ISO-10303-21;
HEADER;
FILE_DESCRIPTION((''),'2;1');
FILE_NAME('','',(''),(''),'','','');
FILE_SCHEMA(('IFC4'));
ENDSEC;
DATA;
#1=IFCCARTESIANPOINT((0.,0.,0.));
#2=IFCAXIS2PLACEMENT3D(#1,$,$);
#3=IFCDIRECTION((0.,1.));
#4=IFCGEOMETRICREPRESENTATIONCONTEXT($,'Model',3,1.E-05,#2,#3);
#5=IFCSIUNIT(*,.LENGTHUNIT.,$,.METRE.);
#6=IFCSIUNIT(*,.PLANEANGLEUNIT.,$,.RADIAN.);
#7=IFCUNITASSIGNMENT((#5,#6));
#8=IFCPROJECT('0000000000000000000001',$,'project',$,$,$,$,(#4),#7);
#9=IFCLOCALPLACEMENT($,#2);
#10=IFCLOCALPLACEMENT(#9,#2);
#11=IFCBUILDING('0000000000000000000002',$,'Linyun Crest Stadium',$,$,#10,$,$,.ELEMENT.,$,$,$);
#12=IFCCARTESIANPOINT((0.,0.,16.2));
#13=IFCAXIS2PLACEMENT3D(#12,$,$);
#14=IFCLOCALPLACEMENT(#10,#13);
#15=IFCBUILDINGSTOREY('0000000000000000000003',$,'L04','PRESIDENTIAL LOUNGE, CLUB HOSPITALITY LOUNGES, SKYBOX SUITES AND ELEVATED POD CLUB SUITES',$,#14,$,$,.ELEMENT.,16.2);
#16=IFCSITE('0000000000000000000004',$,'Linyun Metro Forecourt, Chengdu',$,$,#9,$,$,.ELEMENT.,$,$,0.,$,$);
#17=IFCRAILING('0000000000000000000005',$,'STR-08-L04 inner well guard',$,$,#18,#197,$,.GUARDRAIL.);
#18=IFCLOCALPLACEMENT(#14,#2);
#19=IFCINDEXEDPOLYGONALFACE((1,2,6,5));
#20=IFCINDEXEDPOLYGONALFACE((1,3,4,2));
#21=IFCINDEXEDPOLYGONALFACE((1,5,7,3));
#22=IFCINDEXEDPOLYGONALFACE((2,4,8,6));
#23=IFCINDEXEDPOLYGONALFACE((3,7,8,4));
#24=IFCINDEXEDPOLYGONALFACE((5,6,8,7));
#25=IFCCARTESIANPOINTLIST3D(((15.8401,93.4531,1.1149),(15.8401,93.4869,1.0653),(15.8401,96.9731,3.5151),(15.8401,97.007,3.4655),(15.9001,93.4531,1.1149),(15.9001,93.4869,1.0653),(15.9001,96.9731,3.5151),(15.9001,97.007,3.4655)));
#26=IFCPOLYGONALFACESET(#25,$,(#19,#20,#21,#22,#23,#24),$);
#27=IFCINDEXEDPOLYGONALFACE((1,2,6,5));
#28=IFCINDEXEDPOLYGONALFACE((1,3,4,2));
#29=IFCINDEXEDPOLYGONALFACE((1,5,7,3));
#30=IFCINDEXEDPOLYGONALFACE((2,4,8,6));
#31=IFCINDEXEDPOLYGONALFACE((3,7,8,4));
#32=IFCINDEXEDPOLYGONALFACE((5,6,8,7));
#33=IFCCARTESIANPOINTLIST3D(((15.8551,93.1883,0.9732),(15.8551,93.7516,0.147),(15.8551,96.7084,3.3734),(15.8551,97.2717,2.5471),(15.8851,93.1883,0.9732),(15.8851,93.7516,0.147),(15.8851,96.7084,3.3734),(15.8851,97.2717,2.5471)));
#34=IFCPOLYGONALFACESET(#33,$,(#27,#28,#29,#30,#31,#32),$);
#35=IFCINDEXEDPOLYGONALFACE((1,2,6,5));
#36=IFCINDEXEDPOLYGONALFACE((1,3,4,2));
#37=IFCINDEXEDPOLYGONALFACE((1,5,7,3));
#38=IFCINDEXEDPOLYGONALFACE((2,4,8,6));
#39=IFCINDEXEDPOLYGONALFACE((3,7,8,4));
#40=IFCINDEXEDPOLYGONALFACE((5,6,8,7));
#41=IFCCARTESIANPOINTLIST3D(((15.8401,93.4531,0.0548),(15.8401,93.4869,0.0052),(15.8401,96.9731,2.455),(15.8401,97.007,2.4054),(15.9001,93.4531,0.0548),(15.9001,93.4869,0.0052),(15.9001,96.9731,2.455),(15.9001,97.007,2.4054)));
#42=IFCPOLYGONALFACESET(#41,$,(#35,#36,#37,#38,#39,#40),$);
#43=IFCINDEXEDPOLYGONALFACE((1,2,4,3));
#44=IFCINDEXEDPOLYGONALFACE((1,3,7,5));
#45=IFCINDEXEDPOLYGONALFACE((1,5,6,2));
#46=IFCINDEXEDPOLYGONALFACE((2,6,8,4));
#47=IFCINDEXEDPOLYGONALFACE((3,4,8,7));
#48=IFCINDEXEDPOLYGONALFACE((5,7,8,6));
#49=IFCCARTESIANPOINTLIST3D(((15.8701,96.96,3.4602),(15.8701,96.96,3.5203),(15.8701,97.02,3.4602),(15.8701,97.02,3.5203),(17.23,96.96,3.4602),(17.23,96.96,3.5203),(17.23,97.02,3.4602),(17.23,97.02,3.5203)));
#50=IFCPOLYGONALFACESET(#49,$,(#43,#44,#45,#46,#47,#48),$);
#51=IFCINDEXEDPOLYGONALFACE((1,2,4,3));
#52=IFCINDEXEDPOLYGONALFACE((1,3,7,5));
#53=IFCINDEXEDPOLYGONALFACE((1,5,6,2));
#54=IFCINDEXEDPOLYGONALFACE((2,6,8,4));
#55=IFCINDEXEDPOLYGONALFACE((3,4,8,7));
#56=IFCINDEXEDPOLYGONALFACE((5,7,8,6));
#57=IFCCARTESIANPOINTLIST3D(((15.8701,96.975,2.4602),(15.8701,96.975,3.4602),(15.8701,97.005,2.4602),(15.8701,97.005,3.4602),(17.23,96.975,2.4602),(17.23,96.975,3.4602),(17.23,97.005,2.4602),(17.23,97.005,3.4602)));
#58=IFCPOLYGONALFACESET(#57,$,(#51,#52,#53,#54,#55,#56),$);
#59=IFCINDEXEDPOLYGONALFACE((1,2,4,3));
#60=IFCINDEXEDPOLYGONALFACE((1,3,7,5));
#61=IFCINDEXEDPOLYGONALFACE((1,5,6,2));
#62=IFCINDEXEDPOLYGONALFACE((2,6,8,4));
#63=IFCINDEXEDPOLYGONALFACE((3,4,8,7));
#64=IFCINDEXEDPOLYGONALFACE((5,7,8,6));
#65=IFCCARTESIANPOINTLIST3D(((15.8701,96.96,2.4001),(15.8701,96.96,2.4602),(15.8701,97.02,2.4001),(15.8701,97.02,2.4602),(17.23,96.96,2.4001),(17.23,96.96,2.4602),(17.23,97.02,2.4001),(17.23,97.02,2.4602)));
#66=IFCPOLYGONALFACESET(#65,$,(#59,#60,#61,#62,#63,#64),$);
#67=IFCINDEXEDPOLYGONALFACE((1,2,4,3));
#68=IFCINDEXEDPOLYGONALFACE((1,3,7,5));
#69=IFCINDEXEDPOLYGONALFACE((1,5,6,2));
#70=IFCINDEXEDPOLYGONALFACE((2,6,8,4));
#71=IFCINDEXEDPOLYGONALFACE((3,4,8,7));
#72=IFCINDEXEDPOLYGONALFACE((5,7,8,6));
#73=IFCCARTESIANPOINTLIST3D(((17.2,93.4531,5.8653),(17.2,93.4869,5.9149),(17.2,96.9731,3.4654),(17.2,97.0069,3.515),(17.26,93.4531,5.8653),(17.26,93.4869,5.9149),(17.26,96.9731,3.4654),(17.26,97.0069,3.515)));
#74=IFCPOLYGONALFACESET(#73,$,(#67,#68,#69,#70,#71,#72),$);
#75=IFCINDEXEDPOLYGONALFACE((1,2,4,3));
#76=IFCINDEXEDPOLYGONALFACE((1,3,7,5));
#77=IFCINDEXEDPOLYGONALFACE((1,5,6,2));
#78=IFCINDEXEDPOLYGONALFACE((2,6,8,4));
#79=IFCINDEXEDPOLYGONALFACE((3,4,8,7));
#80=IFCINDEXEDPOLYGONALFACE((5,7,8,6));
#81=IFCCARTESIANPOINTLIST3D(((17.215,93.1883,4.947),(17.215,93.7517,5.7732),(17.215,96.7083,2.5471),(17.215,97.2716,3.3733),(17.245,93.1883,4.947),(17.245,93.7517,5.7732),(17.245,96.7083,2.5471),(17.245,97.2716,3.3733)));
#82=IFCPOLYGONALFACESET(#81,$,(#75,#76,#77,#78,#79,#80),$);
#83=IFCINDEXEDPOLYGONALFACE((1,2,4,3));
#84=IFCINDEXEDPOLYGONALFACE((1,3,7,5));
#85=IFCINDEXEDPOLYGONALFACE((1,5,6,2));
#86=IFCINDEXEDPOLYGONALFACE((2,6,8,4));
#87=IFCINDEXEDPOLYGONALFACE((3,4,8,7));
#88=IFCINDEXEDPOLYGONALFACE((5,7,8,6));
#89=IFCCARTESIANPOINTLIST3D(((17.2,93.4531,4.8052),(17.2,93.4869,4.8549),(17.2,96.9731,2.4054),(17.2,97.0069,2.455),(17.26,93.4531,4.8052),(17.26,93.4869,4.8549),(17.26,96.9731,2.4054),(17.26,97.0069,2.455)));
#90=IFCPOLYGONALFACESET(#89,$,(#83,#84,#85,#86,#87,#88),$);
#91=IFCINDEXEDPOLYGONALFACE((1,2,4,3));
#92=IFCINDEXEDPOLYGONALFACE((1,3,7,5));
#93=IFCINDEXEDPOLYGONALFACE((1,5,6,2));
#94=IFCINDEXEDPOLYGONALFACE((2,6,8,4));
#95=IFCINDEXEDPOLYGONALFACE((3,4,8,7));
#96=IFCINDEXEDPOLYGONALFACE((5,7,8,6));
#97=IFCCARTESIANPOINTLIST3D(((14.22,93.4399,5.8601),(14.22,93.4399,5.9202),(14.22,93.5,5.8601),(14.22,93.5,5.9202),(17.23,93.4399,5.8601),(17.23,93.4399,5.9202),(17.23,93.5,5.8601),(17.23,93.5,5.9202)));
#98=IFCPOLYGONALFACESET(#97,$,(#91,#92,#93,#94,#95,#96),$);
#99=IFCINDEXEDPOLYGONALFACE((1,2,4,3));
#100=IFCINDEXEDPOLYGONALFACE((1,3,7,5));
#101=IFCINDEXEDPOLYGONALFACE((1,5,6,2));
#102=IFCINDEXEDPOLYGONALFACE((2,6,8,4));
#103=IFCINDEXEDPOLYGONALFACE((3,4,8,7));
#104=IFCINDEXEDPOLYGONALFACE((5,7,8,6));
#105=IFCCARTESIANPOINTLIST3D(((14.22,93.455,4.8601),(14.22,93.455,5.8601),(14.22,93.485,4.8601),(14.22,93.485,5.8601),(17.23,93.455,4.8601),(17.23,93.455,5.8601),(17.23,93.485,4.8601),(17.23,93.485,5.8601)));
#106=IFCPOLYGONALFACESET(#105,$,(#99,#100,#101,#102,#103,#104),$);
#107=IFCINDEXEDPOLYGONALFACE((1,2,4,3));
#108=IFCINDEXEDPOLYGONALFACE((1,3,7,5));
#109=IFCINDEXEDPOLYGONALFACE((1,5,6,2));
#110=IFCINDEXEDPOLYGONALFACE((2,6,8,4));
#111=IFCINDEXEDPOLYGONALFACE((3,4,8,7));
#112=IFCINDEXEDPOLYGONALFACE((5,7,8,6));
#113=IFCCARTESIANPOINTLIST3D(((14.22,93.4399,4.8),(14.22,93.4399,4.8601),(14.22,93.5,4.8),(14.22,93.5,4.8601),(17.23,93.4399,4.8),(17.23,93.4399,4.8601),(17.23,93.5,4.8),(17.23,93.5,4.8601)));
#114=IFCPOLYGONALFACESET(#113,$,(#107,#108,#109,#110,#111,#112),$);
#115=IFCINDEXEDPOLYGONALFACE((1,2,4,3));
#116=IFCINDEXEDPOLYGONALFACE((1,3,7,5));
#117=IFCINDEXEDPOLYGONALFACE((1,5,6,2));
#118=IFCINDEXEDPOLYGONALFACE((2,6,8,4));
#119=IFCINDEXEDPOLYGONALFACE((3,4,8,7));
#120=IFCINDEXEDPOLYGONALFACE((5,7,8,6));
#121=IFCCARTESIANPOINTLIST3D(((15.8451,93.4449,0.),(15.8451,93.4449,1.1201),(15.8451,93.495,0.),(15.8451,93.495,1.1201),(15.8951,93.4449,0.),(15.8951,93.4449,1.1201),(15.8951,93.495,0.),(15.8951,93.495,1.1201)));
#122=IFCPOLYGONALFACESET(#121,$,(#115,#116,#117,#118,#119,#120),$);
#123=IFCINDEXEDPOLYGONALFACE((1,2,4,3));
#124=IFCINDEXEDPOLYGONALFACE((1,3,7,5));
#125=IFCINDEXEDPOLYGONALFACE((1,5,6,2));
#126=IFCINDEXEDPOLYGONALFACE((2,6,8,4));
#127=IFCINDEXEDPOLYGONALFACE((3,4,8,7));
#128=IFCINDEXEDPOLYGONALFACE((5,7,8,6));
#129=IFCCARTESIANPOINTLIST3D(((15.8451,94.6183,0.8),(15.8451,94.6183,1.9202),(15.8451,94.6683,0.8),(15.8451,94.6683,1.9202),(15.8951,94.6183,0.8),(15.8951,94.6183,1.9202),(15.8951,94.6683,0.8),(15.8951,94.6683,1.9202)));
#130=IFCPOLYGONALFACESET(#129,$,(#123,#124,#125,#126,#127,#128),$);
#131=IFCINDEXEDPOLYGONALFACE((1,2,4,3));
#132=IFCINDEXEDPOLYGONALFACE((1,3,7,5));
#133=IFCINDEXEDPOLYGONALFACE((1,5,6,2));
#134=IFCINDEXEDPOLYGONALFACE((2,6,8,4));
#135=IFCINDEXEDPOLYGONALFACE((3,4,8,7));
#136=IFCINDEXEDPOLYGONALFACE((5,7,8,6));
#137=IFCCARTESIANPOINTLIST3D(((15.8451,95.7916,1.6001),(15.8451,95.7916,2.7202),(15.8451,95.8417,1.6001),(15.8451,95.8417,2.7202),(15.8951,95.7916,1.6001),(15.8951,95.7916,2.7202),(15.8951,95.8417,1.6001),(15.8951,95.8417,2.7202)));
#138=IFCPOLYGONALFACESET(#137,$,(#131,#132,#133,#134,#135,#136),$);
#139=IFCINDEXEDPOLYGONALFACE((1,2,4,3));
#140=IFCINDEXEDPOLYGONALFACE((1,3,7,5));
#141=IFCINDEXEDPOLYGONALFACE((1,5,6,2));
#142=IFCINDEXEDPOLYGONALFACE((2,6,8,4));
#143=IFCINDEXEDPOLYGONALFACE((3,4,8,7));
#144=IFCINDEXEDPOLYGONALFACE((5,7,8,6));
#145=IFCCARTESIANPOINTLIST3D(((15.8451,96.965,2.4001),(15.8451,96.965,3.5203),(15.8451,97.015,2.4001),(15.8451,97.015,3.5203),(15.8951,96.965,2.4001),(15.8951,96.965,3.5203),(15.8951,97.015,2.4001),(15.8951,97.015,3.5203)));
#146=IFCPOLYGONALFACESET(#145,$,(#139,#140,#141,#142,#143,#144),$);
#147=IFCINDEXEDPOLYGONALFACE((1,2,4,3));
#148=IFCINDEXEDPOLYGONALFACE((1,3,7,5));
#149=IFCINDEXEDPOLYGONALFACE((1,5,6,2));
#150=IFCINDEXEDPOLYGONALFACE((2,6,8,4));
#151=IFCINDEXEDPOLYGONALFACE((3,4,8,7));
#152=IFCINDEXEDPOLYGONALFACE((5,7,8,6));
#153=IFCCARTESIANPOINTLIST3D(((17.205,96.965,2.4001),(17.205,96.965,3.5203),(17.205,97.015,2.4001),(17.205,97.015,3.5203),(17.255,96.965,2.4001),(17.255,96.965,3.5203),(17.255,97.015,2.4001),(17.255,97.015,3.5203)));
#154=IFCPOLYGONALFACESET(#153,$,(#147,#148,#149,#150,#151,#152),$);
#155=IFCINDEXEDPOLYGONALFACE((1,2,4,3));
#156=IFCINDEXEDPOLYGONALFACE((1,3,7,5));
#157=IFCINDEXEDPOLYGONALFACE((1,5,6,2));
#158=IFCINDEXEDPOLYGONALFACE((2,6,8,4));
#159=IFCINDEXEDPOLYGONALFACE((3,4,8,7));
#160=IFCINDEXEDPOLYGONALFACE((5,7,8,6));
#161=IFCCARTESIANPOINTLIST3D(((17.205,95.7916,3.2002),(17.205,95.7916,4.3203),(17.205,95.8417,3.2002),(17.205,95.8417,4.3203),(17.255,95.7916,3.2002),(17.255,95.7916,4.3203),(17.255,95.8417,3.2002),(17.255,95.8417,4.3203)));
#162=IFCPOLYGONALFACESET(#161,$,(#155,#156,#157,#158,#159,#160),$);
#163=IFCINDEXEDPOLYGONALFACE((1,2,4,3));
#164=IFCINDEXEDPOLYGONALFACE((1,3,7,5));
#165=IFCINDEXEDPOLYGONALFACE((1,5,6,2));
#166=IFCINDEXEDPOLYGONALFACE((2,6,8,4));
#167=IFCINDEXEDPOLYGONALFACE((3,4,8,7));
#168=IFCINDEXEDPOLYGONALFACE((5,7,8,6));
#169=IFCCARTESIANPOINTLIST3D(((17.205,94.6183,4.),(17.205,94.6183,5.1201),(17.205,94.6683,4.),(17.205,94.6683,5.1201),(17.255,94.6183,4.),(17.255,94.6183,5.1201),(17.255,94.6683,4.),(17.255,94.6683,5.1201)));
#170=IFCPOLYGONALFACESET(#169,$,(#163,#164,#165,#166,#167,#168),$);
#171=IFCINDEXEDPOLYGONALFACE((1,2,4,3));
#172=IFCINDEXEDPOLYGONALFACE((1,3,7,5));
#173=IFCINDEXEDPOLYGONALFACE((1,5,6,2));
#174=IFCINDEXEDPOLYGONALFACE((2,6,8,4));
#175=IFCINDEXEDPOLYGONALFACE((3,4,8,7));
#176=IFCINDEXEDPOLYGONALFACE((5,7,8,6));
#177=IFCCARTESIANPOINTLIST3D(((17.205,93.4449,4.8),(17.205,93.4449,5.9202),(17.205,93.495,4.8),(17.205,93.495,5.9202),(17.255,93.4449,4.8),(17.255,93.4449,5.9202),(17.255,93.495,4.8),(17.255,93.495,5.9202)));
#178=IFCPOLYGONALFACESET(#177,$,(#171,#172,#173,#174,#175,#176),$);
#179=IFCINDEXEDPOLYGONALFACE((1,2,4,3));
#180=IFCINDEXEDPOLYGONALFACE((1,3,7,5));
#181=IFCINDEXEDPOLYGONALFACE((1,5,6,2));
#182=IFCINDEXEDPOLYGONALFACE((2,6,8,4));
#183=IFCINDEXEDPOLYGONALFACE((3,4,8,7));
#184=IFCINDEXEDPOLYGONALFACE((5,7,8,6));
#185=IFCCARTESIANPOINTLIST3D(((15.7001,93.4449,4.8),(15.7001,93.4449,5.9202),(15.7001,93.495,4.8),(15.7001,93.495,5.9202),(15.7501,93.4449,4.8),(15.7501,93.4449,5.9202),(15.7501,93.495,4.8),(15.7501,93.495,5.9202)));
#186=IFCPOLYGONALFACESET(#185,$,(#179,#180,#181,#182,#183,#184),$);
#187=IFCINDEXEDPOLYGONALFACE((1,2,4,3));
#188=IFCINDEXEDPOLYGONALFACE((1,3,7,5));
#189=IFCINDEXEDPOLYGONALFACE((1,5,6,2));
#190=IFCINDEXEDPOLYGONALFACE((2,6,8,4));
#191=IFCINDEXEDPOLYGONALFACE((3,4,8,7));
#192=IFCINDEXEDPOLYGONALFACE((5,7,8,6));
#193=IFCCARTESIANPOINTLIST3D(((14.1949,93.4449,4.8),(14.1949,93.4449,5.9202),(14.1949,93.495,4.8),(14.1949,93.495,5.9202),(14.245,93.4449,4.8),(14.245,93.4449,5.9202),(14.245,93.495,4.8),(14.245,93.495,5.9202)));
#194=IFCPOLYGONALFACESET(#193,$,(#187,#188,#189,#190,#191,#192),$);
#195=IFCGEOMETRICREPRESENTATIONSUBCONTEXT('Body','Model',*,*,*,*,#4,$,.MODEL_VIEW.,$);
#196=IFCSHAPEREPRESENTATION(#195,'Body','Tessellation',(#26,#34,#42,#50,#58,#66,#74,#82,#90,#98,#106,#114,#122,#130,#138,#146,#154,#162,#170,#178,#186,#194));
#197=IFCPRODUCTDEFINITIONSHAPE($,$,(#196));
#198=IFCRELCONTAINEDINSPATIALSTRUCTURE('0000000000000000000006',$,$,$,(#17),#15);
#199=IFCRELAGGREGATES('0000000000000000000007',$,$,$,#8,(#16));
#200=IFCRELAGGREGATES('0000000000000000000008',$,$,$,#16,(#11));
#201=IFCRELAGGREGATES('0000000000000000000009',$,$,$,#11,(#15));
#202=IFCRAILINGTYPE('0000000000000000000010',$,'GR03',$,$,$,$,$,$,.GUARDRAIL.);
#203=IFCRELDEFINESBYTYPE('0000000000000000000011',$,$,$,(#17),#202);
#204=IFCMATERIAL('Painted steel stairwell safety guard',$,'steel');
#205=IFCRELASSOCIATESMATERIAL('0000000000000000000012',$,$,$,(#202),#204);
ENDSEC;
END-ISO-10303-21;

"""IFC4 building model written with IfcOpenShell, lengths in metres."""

from ifc_helpers import new_model, si_unit, direction, frame, origin, origin_2d, place, context, subcontext, project, spatial, rectangle, extrude, material, type_object, element, save


model = new_model("IFC4")

# Units and contexts
model_context = context("Model", 3, precision=1e-05, world=origin(), true_north=direction((0.0, 1.0)))
body_context = subcontext(model_context, "Body", "Model", "MODEL_VIEW")
ifc_project = project(units=[si_unit("LENGTHUNIT", "METRE"), si_unit("PLANEANGLEUNIT", "RADIAN")], contexts=[model_context])

# Site, building, storey
site_placement = place(None, origin())
site = spatial("IfcSite", under=ifc_project, at=site_placement, Name="Linyun Metro Forecourt, Chengdu", CompositionType="ELEMENT", RefElevation=0.0)
building_placement = place(site_placement, origin())
building = spatial("IfcBuilding", under=site, at=building_placement, Name="Linyun Crest Stadium", CompositionType="ELEMENT")
storey_placement = place(building_placement, frame((0.0, 0.0, 16.2)))
storey = spatial("IfcBuildingStorey", under=building, at=storey_placement, Name="L04", Description="PRESIDENTIAL LOUNGE, CLUB HOSPITALITY LOUNGES, SKYBOX SUITES AND ELEVATED POD CLUB SUITES", CompositionType="ELEMENT", Elevation=16.2)

# Railing
ifc_material_1 = material(Name="Painted steel stairwell safety guard", Category="steel")
railing_type_1 = type_object("IfcRailingType", Name="GR03", PredefinedType="GUARDRAIL", material=ifc_material_1)
railing_1_placement = place(storey_placement, frame((15.8701, 93.47, 0.0)))
element("IfcRailing", 1, at=railing_1_placement, inside=storey, type_object=railing_type_1, Name="STR-08-L04 inner well guard", PredefinedType="GUARDRAIL", context=body_context, shape_type="SweptSolid", body=[
    extrude(rectangle(XDim=0.0601, YDim=0.0601, at=origin_2d()), frame((0.0, 0.0, 1.0901), z_axis=(0.0, 0.826213, 0.563358), x_axis=(-1.0, 0.0, 0.0)), (0.0, 0.0, 1.0), 4.2605),
    extrude(rectangle(XDim=0.03, YDim=1.0, at=origin_2d()), frame((0.0, 0.0, 0.5601), z_axis=(0.0, 0.826213, 0.563358), x_axis=(-1.0, 0.0, 0.0)), (0.0, 0.0, 1.0), 4.2605),
    extrude(rectangle(XDim=0.0601, YDim=0.0601, at=origin_2d()), frame((0.0, 0.0, 0.03), z_axis=(0.0, 0.826213, 0.563358), x_axis=(-1.0, 0.0, 0.0)), (0.0, 0.0, 1.0), 4.2605),
    extrude(rectangle(XDim=0.0601, YDim=0.0601, at=origin_2d()), frame((0.0, 3.52, 3.4902), z_axis=(1.0, 0.0, 0.0), x_axis=(0.0, 1.0, 0.0)), (0.0, 0.0, 1.0), 1.3599),
    extrude(rectangle(XDim=0.03, YDim=1.0, at=origin_2d()), frame((0.0, 3.52, 2.9602), z_axis=(1.0, 0.0, 0.0), x_axis=(0.0, 1.0, 0.0)), (0.0, 0.0, 1.0), 1.3599),
    extrude(rectangle(XDim=0.0601, YDim=0.0601, at=origin_2d()), frame((0.0, 3.52, 2.4302), z_axis=(1.0, 0.0, 0.0), x_axis=(0.0, 1.0, 0.0)), (0.0, 0.0, 1.0), 1.3599),
    extrude(rectangle(XDim=0.0601, YDim=0.0601, at=origin_2d()), frame((1.3599, 3.52, 3.4902), z_axis=(0.0, -0.826239, 0.563319), x_axis=(1.0, 0.0, 0.0)), (0.0, 0.0, 1.0), 4.2603),
    extrude(rectangle(XDim=0.03, YDim=1.0, at=origin_2d()), frame((1.3599, 3.52, 2.9602), z_axis=(0.0, -0.826239, 0.563319), x_axis=(1.0, 0.0, 0.0)), (0.0, 0.0, 1.0), 4.2603),
    extrude(rectangle(XDim=0.0601, YDim=0.0601, at=origin_2d()), frame((1.3599, 3.52, 2.4302), z_axis=(0.0, -0.826239, 0.563319), x_axis=(1.0, 0.0, 0.0)), (0.0, 0.0, 1.0), 4.2603),
    extrude(rectangle(XDim=0.0601, YDim=0.0601, at=origin_2d()), frame((1.3599, 0.0, 5.8901), z_axis=(-1.0, 0.0, 0.0), x_axis=(0.0, -1.0, 0.0)), (0.0, 0.0, 1.0), 3.01),
    extrude(rectangle(XDim=0.03, YDim=1.0, at=origin_2d()), frame((1.3599, 0.0, 5.3601), z_axis=(-1.0, 0.0, 0.0), x_axis=(0.0, -1.0, 0.0)), (0.0, 0.0, 1.0), 3.01),
    extrude(rectangle(XDim=0.0601, YDim=0.0601, at=origin_2d()), frame((1.3599, 0.0, 4.8301), z_axis=(-1.0, 0.0, 0.0), x_axis=(0.0, -1.0, 0.0)), (0.0, 0.0, 1.0), 3.01),
    extrude(rectangle(XDim=0.05, YDim=0.05, at=origin_2d()), origin(), (0.0, 0.0, 1.0), 1.1201),
    extrude(rectangle(XDim=0.05, YDim=0.05, at=origin_2d()), frame((0.0, 1.1733, 0.8)), (0.0, 0.0, 1.0), 1.1201),
    extrude(rectangle(XDim=0.05, YDim=0.05, at=origin_2d()), frame((0.0, 2.3467, 1.6001)), (0.0, 0.0, 1.0), 1.1201),
    extrude(rectangle(XDim=0.05, YDim=0.05, at=origin_2d()), frame((0.0, 3.52, 2.4001)), (0.0, 0.0, 1.0), 1.1201),
    extrude(rectangle(XDim=0.05, YDim=0.05, at=origin_2d()), frame((1.3599, 3.52, 2.4001)), (0.0, 0.0, 1.0), 1.1201),
    extrude(rectangle(XDim=0.05, YDim=0.05, at=origin_2d()), frame((1.3599, 2.3467, 3.2002)), (0.0, 0.0, 1.0), 1.1201),
    extrude(rectangle(XDim=0.05, YDim=0.05, at=origin_2d()), frame((1.3599, 1.1733, 4.0)), (0.0, 0.0, 1.0), 1.1201),
    extrude(rectangle(XDim=0.05, YDim=0.05, at=origin_2d()), frame((1.3599, 0.0, 4.8)), (0.0, 0.0, 1.0), 1.1201),
    extrude(rectangle(XDim=0.05, YDim=0.05, at=origin_2d()), frame((-0.145, 0.0, 4.8)), (0.0, 0.0, 1.0), 1.1201),
    extrude(rectangle(XDim=0.05, YDim=0.05, at=origin_2d()), frame((-1.6501, 0.0, 4.8)), (0.0, 0.0, 1.0), 1.1201),
])

save(model, "model.ifc")
